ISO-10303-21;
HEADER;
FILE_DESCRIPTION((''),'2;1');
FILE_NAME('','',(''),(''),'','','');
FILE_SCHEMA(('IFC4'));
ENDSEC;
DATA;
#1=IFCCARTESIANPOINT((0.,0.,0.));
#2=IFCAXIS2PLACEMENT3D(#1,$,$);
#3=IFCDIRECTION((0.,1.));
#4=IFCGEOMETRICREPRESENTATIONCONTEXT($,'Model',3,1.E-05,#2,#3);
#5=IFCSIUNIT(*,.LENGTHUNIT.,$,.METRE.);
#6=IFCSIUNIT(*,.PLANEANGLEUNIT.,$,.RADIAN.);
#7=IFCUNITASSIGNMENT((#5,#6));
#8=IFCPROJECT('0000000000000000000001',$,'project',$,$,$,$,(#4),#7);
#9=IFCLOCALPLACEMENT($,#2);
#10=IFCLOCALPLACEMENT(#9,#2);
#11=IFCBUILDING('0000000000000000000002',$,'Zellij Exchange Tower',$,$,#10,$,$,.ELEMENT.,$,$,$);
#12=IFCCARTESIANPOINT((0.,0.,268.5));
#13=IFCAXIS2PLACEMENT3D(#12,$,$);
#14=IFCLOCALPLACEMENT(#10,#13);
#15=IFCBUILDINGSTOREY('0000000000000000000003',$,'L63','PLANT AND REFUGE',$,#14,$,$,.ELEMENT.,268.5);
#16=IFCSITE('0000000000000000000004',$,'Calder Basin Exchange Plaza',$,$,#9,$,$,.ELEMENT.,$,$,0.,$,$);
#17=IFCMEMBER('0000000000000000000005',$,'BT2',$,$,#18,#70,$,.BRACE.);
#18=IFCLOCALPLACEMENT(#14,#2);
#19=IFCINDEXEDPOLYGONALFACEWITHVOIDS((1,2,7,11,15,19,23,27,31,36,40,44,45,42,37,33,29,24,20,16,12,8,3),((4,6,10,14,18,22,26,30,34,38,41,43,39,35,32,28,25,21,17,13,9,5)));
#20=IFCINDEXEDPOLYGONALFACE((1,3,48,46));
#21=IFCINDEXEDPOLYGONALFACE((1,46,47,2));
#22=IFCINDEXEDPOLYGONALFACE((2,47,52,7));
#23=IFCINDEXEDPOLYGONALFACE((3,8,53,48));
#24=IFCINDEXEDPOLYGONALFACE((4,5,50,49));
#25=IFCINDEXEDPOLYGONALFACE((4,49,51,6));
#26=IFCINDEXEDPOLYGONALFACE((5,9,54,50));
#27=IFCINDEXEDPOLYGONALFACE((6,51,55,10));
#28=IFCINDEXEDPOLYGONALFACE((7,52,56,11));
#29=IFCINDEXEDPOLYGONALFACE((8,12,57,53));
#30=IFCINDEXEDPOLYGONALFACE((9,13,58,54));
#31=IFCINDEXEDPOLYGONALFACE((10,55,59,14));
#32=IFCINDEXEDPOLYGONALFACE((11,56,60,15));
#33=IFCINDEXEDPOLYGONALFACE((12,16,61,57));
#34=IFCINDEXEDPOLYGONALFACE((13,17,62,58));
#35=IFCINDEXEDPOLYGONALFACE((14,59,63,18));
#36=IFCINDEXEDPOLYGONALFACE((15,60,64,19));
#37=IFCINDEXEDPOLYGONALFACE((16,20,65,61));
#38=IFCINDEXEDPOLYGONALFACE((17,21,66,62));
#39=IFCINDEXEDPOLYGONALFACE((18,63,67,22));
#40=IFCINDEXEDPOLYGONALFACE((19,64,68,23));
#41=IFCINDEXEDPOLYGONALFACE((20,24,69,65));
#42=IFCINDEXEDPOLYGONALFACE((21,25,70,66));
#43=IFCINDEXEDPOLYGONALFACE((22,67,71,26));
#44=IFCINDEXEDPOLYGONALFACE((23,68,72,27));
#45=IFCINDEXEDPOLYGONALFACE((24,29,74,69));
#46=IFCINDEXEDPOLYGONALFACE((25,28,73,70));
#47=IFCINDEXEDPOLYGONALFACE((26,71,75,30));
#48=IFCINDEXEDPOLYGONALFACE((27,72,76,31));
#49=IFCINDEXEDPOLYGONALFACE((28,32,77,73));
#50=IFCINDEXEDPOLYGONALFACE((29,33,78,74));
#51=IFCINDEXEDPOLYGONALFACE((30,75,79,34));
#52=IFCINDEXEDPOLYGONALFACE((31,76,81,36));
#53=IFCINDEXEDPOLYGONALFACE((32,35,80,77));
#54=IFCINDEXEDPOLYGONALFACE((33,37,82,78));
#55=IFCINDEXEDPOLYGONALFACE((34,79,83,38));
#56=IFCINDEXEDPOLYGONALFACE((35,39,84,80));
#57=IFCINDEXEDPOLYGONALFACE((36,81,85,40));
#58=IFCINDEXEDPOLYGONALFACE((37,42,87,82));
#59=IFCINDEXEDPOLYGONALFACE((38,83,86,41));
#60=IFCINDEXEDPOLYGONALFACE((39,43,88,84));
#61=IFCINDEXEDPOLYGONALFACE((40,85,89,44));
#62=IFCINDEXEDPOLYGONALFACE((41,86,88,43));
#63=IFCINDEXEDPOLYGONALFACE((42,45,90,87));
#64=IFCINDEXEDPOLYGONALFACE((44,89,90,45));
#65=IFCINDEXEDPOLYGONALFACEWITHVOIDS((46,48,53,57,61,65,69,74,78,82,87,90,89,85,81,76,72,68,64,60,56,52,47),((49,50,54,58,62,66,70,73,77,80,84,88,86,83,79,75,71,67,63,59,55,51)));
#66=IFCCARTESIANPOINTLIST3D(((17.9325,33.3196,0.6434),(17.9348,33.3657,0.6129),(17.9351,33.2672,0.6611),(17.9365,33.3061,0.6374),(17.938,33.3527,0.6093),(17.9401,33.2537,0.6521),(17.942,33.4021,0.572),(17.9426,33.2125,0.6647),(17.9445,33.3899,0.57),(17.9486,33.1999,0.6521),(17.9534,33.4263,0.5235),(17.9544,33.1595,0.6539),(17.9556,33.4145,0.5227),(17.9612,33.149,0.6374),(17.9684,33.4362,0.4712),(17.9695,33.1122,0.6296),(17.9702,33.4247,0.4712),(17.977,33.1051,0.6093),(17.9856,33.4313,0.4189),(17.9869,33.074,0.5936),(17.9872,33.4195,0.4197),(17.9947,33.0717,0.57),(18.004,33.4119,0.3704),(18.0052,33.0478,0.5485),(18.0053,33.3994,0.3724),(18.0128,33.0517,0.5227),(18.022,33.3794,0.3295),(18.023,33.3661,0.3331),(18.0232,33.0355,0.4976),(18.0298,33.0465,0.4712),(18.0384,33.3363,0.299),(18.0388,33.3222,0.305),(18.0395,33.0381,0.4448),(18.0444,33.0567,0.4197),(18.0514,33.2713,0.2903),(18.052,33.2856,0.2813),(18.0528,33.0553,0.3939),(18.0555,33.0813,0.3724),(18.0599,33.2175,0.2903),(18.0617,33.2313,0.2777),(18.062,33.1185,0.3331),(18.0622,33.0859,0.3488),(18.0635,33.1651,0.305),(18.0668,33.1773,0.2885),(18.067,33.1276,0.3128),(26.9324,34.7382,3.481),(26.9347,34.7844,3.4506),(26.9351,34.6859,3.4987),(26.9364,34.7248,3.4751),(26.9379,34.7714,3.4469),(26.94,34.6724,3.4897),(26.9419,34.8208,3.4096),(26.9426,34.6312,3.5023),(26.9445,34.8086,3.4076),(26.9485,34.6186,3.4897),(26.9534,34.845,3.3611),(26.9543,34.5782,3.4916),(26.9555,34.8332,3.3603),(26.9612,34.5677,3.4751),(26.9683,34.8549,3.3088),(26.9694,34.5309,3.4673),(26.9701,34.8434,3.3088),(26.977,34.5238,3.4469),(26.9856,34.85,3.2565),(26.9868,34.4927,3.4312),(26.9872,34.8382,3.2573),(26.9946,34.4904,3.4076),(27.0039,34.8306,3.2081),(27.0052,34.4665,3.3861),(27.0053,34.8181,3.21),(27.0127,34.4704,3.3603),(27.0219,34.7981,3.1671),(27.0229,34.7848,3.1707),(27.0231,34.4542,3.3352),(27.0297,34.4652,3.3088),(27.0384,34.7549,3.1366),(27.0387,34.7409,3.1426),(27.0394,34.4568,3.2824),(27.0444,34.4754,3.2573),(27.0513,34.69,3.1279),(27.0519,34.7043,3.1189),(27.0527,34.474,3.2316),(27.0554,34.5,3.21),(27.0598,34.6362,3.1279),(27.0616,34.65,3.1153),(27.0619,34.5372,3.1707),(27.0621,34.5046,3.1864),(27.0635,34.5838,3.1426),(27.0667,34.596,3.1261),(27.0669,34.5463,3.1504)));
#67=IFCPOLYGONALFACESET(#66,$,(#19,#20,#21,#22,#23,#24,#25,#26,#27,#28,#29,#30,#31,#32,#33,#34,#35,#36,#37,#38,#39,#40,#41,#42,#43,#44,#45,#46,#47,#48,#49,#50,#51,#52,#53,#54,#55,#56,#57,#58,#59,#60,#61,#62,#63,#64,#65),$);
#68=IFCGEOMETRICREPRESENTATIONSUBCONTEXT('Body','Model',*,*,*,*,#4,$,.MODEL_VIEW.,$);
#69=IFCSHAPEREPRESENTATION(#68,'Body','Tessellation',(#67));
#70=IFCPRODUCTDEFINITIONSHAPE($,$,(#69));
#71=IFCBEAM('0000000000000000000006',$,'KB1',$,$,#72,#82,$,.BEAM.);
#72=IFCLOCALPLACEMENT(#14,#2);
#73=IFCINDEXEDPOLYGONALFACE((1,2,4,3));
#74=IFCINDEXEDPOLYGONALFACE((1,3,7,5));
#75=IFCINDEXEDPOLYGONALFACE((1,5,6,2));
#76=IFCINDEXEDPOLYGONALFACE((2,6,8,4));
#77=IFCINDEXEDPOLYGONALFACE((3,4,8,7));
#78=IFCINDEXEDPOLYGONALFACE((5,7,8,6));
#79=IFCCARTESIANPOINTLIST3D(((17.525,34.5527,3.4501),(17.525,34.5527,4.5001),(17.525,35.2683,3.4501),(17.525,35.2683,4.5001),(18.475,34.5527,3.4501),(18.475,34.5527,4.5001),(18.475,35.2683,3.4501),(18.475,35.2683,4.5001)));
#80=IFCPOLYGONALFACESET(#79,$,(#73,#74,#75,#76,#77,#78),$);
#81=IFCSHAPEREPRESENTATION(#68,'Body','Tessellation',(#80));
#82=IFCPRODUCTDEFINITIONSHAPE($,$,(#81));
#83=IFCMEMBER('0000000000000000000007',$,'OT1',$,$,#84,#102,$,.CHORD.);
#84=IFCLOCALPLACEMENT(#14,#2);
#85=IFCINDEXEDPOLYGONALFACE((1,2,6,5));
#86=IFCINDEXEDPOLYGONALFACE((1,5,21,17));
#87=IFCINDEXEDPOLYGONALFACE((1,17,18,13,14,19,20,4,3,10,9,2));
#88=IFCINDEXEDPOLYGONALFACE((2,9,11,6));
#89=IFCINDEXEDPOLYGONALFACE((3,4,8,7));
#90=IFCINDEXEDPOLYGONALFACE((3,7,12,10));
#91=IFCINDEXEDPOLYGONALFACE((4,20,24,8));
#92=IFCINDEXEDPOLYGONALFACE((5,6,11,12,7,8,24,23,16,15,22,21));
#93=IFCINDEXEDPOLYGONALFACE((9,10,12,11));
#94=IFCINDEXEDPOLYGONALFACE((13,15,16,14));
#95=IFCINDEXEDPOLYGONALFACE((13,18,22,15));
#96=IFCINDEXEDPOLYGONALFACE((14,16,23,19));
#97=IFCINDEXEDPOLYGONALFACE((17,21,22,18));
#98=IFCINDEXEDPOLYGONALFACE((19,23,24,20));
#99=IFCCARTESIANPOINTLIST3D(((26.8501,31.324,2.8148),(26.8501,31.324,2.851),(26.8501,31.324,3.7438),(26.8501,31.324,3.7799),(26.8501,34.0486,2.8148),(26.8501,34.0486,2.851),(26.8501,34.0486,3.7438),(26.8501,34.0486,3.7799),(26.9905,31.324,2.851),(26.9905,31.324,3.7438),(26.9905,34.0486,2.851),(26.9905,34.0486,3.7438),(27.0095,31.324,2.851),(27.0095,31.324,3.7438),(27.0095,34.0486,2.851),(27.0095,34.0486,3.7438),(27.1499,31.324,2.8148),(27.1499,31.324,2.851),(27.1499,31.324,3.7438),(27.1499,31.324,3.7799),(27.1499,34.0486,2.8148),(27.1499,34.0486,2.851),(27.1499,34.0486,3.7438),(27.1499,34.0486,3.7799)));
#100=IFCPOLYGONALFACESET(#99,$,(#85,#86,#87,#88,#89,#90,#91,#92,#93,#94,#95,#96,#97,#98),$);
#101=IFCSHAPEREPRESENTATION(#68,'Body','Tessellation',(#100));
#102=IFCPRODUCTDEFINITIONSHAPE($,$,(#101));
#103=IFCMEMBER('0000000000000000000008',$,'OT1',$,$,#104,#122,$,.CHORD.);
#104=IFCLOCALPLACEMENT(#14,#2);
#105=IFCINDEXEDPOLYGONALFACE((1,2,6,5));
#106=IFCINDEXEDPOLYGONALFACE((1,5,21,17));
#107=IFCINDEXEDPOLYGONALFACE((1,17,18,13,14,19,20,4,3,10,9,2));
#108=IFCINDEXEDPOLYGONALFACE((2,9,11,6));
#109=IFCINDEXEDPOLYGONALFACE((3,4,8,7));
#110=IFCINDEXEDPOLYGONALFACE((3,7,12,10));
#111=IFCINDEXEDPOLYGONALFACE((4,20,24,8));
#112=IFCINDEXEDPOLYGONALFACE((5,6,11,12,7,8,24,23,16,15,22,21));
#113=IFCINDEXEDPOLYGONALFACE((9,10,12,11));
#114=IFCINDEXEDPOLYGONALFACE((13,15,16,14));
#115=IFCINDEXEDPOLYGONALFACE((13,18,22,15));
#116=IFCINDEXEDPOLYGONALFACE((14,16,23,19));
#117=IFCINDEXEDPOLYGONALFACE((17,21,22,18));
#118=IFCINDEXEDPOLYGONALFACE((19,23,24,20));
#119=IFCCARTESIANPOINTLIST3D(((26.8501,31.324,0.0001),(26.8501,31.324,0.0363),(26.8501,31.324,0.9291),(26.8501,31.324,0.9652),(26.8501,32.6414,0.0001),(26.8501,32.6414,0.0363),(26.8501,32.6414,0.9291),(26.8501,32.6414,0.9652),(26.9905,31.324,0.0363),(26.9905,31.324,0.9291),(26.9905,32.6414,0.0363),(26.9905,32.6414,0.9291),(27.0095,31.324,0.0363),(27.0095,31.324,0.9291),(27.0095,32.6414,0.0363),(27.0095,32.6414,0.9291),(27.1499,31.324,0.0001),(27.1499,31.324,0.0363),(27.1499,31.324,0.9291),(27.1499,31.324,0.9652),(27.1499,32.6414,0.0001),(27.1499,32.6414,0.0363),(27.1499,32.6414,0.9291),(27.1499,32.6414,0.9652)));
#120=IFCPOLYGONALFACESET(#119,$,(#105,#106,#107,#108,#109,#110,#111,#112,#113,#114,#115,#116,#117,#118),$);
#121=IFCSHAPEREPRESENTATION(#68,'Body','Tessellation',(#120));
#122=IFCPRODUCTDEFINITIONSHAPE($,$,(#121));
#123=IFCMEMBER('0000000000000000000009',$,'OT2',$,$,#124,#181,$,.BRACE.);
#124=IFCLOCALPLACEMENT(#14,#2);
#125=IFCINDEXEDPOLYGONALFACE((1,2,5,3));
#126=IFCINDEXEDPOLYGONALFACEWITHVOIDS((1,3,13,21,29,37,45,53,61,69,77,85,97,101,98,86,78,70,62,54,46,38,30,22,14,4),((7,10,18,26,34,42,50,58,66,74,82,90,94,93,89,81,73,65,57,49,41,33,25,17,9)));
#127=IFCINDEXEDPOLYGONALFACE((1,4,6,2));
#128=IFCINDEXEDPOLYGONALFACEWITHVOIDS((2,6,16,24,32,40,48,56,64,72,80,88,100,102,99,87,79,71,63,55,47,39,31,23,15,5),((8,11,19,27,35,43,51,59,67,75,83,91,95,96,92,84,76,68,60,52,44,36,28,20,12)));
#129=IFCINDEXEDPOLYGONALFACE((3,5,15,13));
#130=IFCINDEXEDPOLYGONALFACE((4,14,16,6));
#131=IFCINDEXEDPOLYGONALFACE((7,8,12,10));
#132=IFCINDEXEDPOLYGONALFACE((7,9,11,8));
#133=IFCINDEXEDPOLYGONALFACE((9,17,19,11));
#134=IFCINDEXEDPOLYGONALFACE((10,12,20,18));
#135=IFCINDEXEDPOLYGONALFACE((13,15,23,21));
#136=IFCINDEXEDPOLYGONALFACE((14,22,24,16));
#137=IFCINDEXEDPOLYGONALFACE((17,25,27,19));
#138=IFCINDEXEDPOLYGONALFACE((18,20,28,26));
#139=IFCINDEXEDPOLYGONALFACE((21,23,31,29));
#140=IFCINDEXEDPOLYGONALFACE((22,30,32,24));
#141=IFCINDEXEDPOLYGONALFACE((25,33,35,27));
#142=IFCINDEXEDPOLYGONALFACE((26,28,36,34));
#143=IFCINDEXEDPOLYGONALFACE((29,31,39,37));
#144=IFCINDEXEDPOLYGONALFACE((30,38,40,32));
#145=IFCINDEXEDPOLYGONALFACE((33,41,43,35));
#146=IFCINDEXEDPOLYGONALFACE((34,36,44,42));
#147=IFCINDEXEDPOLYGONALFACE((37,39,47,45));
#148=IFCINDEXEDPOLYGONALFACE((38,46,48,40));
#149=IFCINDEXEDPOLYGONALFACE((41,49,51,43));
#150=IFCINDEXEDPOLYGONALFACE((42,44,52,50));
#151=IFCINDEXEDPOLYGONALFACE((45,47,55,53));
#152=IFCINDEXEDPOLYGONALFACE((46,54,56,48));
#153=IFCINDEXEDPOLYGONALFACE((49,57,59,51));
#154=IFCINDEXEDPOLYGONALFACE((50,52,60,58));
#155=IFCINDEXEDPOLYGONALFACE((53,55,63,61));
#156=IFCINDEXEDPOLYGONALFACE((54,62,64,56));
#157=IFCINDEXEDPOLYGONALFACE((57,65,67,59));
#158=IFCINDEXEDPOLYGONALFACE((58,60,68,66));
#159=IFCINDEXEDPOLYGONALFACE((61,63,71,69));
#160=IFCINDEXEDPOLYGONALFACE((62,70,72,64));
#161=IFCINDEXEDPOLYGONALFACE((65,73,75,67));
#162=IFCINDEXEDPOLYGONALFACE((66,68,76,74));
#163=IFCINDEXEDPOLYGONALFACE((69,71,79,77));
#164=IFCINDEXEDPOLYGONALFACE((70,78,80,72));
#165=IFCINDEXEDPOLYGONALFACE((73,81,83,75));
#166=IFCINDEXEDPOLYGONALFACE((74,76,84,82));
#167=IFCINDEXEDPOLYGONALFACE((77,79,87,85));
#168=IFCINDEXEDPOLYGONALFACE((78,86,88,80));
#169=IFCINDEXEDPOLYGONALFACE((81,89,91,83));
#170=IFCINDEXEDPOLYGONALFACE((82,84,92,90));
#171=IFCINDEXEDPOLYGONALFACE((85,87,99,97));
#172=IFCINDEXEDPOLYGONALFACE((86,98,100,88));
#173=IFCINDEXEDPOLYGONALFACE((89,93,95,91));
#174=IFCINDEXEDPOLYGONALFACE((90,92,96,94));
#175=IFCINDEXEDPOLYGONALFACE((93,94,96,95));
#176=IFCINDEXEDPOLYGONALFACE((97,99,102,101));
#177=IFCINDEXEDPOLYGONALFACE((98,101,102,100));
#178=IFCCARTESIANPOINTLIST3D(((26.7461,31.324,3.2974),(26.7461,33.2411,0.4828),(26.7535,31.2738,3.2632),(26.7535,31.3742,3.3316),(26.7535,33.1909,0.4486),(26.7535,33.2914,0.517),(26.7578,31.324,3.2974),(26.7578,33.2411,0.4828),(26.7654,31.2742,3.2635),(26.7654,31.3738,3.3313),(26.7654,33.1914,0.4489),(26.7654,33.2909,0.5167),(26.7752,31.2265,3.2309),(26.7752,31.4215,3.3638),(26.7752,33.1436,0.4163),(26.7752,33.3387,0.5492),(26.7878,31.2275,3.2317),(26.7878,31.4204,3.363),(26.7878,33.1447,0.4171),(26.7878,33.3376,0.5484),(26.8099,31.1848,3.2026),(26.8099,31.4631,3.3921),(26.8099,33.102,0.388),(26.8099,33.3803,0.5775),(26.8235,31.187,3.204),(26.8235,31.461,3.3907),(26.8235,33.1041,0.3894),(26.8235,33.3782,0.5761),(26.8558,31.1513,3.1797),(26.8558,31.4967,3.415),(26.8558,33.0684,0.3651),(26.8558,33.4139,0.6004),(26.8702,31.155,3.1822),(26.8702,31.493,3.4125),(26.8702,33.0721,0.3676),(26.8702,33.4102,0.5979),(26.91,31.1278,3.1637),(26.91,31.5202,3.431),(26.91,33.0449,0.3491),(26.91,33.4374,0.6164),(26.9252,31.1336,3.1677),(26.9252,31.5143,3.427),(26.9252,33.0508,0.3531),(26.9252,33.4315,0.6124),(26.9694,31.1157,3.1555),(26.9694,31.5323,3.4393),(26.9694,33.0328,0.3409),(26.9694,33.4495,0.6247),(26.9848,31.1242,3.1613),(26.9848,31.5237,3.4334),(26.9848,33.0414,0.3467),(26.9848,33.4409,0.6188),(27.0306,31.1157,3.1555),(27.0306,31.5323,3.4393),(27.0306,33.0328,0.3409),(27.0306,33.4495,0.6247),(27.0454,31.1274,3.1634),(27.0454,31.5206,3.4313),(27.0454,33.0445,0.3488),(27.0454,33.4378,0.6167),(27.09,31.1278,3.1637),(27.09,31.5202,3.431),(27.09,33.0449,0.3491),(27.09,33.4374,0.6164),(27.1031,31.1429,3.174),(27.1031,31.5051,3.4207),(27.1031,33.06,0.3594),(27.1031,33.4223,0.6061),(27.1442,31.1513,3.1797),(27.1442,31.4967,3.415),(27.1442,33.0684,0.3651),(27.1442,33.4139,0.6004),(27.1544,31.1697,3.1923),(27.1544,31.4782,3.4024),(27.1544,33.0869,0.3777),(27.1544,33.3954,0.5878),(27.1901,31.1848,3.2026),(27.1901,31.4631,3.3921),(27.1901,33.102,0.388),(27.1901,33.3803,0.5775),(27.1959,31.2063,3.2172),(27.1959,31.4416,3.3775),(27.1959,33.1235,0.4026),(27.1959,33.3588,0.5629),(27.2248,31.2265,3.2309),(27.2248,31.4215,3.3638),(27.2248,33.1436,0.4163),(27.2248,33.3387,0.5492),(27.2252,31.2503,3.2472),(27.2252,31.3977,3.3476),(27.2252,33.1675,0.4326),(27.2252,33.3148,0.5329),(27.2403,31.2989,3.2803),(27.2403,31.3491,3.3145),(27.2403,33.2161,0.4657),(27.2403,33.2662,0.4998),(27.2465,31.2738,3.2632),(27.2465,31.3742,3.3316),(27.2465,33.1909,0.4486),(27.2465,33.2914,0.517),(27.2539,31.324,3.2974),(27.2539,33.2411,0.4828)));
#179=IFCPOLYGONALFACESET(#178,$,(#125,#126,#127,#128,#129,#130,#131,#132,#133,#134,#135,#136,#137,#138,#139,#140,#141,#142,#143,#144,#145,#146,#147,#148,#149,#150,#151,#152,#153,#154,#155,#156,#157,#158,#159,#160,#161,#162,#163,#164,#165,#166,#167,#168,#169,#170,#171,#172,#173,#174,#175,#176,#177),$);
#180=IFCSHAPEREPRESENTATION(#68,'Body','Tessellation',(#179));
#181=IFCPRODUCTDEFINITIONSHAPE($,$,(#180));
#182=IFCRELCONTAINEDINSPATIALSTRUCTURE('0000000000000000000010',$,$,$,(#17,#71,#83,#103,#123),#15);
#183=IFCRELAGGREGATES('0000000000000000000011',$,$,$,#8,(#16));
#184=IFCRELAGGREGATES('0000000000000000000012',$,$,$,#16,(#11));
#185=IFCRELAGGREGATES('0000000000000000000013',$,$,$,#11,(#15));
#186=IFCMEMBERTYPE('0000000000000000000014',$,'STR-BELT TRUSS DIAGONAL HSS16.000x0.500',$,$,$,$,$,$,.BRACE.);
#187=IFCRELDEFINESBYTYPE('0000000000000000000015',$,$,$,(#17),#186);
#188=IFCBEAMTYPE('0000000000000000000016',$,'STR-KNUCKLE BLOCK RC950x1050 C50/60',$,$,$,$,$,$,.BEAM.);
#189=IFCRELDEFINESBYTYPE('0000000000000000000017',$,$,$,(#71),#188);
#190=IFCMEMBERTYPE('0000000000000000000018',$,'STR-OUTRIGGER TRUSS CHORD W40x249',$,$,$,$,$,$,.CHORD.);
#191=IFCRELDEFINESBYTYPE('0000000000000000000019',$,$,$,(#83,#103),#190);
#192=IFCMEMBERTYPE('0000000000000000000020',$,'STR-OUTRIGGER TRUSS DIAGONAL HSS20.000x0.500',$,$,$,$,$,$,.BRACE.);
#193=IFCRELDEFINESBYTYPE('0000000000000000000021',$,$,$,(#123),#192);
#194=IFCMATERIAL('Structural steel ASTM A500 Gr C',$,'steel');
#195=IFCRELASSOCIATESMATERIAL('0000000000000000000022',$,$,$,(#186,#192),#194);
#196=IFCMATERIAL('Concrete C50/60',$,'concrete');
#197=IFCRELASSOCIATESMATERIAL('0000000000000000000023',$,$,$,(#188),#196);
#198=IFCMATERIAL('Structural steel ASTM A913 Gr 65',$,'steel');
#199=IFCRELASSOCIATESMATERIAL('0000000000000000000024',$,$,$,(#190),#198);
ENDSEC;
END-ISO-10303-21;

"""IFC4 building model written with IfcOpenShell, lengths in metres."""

from ifc_helpers import new_model, si_unit, direction, frame, origin, origin_2d, place, context, subcontext, project, spatial, rectangle, hollow_circle, i_section, extrude, material, material_profile, profile_set, type_object, element, save


model = new_model("IFC4")

# Units and contexts
model_context = context("Model", 3, precision=1e-05, world=origin(), true_north=direction((0.0, 1.0)))
body_context = subcontext(model_context, "Body", "Model", "MODEL_VIEW")
ifc_project = project(units=[si_unit("LENGTHUNIT", "METRE"), si_unit("PLANEANGLEUNIT", "RADIAN")], contexts=[model_context])

# Site, building, storey
site_placement = place(None, origin())
site = spatial("IfcSite", under=ifc_project, at=site_placement, Name="Calder Basin Exchange Plaza", CompositionType="ELEMENT", RefElevation=0.0)
building_placement = place(site_placement, origin())
building = spatial("IfcBuilding", under=site, at=building_placement, Name="Zellij Exchange Tower", CompositionType="ELEMENT")
storey_placement = place(building_placement, frame((0.0, 0.0, 268.5)))
storey = spatial("IfcBuildingStorey", under=building, at=storey_placement, Name="L63", Description="PLANT AND REFUGE", CompositionType="ELEMENT", Elevation=268.5)

# Member
ifc_material_1 = material(Name="Structural steel ASTM A500 Gr C", Category="steel")
ifc_material_profile_1 = material_profile(ifc_material_1, hollow_circle(Radius=0.2031, WallThickness=0.0117, at=origin_2d()), Name="STR-BELT TRUSS DIAGONAL HSS16.000x0.500")
ifc_profile_set_1 = profile_set([ifc_material_profile_1], Name="Structural steel ASTM A500 Gr C")
member_type_1 = type_object("IfcMemberType", Name="STR-BELT TRUSS DIAGONAL HSS16.000x0.500", PredefinedType="BRACE", material=ifc_profile_set_1)
member_1_placement = place(storey_placement, frame((18.0, 33.2356, 0.4712), z_axis=(0.94312, 0.148667, 0.29736), x_axis=(-0.155711, 0.987803, 0.0)))
element("IfcMember", 1, at=member_1_placement, inside=storey, type_object=member_type_1, Name="BT2", PredefinedType="BRACE", context=body_context, shape_type="SweptSolid", body=[
    extrude(hollow_circle(Radius=0.2031, WallThickness=0.0117, at=origin_2d()), origin(), (0.0, 0.0, 1.0), 9.5427),
])

# Beam
ifc_material_2 = material(Name="Concrete C50/60", Category="concrete")
ifc_material_profile_2 = material_profile(ifc_material_2, rectangle(XDim=0.95, YDim=1.05, at=origin_2d()), Name="STR-KNUCKLE BLOCK RC950x1050 C50/60")
ifc_profile_set_2 = profile_set([ifc_material_profile_2], Name="Concrete C50/60")
beam_type = type_object("IfcBeamType", Name="STR-KNUCKLE BLOCK RC950x1050 C50/60", PredefinedType="BEAM", material=ifc_profile_set_2)
beam_placement = place(storey_placement, frame((18.0, 34.5527, 3.9751), z_axis=(0.0, 1.0, 0.0), x_axis=(-1.0, 0.0, 0.0)))
element("IfcBeam", 2, at=beam_placement, inside=storey, type_object=beam_type, Name="KB1", PredefinedType="BEAM", context=body_context, shape_type="SweptSolid", body=[
    extrude(rectangle(XDim=0.95, YDim=1.05, at=origin_2d()), origin(), (0.0, 0.0, 1.0), 0.7156),
])

# Members
ifc_material_3 = material(Name="Structural steel ASTM A913 Gr 65", Category="steel")
ifc_material_profile_3 = material_profile(ifc_material_3, i_section(OverallWidth=0.2998, OverallDepth=0.9651, WebThickness=0.019, FlangeThickness=0.0361, at=origin_2d()), Name="W40x249")
ifc_profile_set_3 = profile_set([ifc_material_profile_3], Name="Structural steel ASTM A913 Gr 65")
member_type_2 = type_object("IfcMemberType", Name="STR-OUTRIGGER TRUSS CHORD W40x249", PredefinedType="CHORD", material=ifc_profile_set_3)
member_2_placement = place(storey_placement, frame((27.0, 31.324, 3.2974), z_axis=(0.0, 1.0, 0.0), x_axis=(-1.0, 0.0, 0.0)))
element("IfcMember", 3, at=member_2_placement, inside=storey, type_object=member_type_2, Name="OT1", PredefinedType="CHORD", context=body_context, shape_type="SweptSolid", body=[
    extrude(i_section(OverallWidth=0.2998, OverallDepth=0.9651, WebThickness=0.019, FlangeThickness=0.0361, at=origin_2d()), origin(), (0.0, 0.0, 1.0), 2.7246),
])
member_3_placement = place(storey_placement, frame((27.0, 31.324, 0.4827), z_axis=(0.0, 1.0, 0.0), x_axis=(-1.0, 0.0, 0.0)))
element("IfcMember", 4, at=member_3_placement, inside=storey, type_object=member_type_2, Name="OT1", PredefinedType="CHORD", context=body_context, shape_type="SweptSolid", body=[
    extrude(i_section(OverallWidth=0.2998, OverallDepth=0.9651, WebThickness=0.019, FlangeThickness=0.0361, at=origin_2d()), origin(), (0.0, 0.0, 1.0), 1.3174),
])
ifc_material_profile_4 = material_profile(ifc_material_1, hollow_circle(Radius=0.2539, WallThickness=0.0117, at=origin_2d()), Name="STR-OUTRIGGER TRUSS DIAGONAL HSS20.000x0.500")
ifc_profile_set_4 = profile_set([ifc_material_profile_4], Name="Structural steel ASTM A500 Gr C")
member_type_3 = type_object("IfcMemberType", Name="STR-OUTRIGGER TRUSS DIAGONAL HSS20.000x0.500", PredefinedType="BRACE", material=ifc_profile_set_4)
member_4_placement = place(storey_placement, frame((27.0, 31.324, 3.2974), z_axis=(0.0, 0.562961, -0.826484), x_axis=(-1.0, 0.0, 0.0)))
element("IfcMember", 5, at=member_4_placement, inside=storey, type_object=member_type_3, Name="OT2", PredefinedType="BRACE", context=body_context, shape_type="SweptSolid", body=[
    extrude(hollow_circle(Radius=0.2539, WallThickness=0.0117, at=origin_2d()), origin(), (0.0, 0.0, 1.0), 3.4055),
])

save(model, "model.ifc")
